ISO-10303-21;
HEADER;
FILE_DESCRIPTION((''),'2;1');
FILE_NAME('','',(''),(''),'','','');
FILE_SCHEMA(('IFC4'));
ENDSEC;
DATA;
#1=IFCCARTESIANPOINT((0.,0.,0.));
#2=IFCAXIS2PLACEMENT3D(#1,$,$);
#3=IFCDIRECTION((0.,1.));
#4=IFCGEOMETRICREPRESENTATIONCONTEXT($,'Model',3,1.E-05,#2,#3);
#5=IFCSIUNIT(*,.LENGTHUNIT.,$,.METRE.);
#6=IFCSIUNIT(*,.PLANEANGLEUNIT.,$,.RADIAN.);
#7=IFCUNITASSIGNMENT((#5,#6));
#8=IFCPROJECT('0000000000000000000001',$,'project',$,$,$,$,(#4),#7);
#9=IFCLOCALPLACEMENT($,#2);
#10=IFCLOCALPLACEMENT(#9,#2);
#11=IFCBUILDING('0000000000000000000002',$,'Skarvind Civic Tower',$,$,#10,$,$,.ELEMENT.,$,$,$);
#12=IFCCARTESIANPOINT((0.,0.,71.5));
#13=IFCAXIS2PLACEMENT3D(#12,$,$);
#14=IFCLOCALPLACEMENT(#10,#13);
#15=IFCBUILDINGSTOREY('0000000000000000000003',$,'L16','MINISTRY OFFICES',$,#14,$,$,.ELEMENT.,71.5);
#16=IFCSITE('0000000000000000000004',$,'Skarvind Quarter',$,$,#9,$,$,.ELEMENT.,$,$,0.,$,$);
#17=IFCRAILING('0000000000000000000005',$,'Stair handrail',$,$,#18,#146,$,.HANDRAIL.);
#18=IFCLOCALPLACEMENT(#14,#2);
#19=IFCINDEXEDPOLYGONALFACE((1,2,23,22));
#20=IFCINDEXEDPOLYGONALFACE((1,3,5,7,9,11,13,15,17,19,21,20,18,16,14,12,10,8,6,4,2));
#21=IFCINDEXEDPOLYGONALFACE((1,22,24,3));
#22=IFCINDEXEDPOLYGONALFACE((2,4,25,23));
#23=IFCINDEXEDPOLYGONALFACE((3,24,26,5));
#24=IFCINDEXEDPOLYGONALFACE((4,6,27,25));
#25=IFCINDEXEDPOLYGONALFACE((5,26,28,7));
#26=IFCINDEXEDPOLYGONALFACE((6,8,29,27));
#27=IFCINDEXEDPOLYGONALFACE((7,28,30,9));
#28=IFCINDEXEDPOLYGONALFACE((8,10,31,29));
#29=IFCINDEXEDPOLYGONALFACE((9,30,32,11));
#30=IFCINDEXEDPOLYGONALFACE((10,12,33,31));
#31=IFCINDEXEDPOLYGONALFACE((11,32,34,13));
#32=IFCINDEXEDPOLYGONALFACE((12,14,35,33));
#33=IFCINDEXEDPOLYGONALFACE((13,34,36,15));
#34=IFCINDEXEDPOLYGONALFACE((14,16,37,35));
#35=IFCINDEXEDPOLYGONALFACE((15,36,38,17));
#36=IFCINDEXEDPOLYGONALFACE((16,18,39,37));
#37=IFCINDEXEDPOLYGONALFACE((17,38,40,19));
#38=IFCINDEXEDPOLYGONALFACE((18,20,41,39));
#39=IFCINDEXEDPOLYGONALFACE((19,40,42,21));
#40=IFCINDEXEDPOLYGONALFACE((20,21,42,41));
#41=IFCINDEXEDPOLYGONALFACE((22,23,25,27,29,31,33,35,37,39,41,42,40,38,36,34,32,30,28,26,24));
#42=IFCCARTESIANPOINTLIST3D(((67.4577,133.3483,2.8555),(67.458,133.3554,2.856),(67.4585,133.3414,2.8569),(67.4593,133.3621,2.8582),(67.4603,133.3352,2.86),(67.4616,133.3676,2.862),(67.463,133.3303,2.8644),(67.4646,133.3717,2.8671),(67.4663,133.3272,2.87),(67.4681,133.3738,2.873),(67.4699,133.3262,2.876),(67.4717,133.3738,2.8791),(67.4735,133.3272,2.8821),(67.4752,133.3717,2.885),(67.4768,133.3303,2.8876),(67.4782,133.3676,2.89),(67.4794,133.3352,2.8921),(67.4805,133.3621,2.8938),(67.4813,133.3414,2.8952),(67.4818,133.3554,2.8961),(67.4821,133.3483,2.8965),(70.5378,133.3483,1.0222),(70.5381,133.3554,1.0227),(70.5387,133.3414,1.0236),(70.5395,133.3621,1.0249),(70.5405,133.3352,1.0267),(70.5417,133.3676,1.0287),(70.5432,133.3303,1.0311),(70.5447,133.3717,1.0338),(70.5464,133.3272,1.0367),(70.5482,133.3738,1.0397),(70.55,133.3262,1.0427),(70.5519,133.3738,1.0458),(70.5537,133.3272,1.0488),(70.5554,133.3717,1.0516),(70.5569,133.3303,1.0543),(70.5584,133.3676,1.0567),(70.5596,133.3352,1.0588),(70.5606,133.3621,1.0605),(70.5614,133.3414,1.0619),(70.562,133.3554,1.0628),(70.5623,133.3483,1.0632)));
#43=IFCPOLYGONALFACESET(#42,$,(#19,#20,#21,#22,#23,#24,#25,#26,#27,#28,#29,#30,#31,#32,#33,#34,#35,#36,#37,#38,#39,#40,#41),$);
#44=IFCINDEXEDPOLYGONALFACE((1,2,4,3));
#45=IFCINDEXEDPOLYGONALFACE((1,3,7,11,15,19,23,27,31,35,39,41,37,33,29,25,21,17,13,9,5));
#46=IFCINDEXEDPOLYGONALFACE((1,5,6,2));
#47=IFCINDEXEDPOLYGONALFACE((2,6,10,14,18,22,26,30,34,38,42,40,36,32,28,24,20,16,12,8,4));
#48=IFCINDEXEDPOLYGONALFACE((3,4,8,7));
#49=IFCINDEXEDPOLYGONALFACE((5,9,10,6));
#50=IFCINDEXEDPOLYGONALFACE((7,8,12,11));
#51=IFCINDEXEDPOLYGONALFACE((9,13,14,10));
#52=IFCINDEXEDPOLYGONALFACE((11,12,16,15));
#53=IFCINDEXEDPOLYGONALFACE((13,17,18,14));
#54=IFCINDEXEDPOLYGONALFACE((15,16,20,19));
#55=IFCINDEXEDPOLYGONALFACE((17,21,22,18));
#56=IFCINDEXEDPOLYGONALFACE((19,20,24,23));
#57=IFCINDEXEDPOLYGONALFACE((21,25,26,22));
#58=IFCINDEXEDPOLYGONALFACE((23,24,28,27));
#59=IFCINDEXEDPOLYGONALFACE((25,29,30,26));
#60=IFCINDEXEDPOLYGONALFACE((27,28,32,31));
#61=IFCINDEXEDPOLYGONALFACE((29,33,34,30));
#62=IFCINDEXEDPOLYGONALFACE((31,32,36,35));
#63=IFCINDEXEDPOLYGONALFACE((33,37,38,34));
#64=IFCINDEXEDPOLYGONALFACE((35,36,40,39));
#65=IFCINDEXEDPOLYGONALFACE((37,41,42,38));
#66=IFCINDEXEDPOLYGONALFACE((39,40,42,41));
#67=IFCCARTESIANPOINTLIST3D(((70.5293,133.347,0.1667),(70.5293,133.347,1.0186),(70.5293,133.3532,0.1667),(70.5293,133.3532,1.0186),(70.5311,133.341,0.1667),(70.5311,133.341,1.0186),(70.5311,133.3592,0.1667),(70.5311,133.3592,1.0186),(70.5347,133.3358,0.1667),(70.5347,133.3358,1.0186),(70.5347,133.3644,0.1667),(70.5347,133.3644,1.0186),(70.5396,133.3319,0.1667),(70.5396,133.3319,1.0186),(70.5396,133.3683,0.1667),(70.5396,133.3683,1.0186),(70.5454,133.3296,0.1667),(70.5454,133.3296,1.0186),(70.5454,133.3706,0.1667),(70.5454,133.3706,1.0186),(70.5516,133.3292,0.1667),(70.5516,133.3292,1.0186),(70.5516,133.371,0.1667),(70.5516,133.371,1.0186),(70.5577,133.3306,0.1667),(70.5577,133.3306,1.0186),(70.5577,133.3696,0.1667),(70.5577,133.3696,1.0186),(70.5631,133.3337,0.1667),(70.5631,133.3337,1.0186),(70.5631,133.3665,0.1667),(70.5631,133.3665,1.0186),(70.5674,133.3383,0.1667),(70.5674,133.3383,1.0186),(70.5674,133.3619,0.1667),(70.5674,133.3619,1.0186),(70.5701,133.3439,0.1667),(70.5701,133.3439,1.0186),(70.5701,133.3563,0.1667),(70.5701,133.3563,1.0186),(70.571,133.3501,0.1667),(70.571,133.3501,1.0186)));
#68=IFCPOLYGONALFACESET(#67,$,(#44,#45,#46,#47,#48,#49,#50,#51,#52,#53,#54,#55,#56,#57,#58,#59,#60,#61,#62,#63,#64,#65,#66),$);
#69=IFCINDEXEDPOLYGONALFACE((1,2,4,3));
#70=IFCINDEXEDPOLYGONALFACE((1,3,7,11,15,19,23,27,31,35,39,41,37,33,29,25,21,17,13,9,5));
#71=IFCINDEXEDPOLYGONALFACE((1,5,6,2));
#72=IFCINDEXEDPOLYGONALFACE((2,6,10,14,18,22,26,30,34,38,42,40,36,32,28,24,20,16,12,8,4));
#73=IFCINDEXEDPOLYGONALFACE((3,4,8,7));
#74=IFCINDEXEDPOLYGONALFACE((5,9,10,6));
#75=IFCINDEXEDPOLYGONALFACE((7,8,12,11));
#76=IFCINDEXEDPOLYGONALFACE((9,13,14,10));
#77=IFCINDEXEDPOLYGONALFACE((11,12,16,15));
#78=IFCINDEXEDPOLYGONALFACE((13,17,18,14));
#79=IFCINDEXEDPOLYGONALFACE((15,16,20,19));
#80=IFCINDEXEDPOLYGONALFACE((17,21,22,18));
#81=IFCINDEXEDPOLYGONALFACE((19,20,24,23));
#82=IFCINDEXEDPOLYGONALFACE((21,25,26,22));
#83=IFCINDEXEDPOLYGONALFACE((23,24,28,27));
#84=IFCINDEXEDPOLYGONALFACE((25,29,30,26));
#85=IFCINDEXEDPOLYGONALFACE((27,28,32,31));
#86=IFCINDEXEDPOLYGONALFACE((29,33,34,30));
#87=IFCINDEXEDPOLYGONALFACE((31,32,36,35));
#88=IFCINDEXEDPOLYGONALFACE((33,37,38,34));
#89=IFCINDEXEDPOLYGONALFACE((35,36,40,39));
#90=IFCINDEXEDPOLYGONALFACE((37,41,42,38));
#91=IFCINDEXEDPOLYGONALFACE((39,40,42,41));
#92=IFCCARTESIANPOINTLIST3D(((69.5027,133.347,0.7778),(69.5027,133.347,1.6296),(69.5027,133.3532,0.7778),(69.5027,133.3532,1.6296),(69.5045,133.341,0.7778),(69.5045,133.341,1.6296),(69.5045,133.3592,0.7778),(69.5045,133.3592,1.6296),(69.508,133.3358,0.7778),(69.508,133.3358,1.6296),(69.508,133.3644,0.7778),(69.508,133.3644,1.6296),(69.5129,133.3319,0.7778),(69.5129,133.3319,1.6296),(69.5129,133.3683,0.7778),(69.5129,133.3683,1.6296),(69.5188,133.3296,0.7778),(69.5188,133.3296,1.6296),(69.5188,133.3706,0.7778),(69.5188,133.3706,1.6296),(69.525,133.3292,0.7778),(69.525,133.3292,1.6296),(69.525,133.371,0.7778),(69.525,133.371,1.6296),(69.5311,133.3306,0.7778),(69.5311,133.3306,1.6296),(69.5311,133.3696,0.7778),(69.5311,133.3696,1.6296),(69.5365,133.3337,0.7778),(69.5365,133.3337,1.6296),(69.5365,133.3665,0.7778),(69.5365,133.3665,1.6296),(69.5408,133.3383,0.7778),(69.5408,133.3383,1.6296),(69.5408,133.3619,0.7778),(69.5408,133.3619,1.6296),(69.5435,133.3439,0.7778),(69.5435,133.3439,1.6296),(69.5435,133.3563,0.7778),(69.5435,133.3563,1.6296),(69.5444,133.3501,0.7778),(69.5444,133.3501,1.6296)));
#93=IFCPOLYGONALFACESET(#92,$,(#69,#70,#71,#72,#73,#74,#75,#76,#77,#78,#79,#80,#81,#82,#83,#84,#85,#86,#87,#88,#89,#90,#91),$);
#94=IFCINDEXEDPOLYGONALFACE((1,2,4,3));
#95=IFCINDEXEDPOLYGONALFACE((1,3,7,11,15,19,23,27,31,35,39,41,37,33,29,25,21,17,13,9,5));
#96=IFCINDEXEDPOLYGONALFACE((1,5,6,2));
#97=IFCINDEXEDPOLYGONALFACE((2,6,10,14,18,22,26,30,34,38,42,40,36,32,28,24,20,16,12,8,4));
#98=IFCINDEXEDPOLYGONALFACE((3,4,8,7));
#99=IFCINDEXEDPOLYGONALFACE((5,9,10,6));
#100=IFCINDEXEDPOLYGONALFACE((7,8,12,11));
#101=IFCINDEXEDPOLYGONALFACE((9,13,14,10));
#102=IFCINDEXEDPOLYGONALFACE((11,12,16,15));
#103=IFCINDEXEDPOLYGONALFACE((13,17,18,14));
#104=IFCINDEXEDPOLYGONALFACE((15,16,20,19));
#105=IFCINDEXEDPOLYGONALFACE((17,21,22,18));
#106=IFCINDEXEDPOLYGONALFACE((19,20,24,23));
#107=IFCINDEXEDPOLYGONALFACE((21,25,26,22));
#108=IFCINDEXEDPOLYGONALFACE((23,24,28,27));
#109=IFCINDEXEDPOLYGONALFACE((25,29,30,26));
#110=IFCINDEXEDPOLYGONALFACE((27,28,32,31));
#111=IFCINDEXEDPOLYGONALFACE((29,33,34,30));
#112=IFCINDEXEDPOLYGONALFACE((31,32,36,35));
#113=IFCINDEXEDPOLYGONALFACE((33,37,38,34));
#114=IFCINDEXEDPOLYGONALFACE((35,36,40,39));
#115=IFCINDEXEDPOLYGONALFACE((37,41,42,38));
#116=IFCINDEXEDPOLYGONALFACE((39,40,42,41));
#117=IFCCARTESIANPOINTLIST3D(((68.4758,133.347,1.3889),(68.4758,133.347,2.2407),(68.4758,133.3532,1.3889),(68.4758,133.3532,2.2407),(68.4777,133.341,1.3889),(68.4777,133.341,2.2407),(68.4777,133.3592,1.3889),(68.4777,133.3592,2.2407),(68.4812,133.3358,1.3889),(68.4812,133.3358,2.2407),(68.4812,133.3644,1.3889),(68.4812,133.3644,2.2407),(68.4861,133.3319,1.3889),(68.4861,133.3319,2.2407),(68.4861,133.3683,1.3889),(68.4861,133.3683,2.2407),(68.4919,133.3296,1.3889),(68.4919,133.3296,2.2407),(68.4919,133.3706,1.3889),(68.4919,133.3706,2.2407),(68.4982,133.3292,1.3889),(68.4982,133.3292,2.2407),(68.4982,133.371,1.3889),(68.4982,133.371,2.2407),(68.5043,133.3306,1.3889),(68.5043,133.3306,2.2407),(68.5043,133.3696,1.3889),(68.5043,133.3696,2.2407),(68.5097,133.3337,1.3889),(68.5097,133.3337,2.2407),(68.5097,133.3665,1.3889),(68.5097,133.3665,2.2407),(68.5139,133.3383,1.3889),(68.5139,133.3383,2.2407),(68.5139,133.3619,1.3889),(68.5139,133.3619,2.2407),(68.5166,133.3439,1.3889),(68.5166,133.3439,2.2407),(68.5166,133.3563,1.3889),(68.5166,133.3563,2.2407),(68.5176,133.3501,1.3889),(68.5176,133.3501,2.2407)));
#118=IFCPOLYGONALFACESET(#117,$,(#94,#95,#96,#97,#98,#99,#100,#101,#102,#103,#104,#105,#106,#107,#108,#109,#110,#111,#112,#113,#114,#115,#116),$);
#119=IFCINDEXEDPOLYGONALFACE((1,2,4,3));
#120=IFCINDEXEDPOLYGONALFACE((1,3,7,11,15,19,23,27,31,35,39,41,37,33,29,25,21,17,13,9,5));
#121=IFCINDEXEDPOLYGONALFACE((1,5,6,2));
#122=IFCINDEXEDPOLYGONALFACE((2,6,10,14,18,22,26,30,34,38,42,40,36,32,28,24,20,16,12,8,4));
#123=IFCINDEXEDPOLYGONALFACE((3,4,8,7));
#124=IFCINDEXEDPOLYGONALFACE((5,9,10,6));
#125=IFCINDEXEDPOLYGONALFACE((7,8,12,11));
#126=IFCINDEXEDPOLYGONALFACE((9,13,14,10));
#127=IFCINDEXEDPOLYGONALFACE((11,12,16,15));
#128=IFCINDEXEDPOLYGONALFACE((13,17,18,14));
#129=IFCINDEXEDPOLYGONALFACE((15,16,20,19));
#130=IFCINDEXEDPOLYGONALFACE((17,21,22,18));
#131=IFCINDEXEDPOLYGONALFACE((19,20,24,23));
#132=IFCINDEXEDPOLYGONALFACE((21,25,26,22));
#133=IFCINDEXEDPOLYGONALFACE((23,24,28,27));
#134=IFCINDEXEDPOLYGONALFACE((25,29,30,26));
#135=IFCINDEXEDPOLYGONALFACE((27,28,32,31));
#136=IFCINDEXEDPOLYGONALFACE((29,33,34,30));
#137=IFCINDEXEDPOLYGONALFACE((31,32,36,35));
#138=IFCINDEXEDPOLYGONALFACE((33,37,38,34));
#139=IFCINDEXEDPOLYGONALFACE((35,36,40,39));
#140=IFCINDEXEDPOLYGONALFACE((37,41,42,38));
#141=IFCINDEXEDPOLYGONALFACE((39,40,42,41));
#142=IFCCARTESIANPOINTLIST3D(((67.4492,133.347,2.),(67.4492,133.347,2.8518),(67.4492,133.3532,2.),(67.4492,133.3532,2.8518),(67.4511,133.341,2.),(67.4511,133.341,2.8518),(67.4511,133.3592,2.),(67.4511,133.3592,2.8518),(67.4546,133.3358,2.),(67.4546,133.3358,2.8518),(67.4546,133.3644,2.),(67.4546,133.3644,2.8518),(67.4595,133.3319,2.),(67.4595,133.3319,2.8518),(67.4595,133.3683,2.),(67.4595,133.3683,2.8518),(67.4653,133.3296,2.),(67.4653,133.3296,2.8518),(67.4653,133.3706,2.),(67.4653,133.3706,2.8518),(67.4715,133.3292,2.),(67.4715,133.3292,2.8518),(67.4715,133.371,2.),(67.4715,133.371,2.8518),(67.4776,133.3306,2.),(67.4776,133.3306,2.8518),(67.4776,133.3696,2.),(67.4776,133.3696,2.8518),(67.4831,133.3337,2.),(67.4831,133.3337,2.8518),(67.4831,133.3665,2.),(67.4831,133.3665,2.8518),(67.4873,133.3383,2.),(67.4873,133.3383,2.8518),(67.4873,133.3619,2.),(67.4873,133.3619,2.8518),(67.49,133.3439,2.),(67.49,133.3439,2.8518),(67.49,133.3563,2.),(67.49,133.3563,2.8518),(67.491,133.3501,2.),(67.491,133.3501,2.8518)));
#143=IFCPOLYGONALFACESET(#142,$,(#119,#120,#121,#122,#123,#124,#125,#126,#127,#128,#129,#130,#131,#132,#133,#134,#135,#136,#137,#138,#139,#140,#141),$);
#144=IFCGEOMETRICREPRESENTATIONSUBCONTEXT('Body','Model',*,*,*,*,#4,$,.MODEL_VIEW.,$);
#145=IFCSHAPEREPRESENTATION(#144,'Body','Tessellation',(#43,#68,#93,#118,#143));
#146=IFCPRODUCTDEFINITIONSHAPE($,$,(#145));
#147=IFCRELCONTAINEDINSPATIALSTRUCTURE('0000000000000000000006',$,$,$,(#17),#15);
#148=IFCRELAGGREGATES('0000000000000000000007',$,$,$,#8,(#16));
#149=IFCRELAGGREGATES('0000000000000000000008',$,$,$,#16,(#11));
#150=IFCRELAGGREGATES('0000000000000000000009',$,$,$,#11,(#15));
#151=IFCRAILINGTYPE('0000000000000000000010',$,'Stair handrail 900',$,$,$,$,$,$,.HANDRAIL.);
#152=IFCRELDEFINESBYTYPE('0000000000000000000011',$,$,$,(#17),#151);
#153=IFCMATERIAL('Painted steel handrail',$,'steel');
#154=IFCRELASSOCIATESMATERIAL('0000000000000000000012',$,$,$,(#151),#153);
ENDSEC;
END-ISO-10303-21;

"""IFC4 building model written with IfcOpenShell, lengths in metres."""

from ifc_helpers import new_model, si_unit, direction, frame, origin, origin_2d, place, context, subcontext, project, spatial, circle, extrude, material, type_object, element, save


model = new_model("IFC4")

# Units and contexts
model_context = context("Model", 3, precision=1e-05, world=origin(), true_north=direction((0.0, 1.0)))
body_context = subcontext(model_context, "Body", "Model", "MODEL_VIEW")
ifc_project = project(units=[si_unit("LENGTHUNIT", "METRE"), si_unit("PLANEANGLEUNIT", "RADIAN")], contexts=[model_context])

# Site, building, storey
site_placement = place(None, origin())
site = spatial("IfcSite", under=ifc_project, at=site_placement, Name="Skarvind Quarter", CompositionType="ELEMENT", RefElevation=0.0)
building_placement = place(site_placement, origin())
building = spatial("IfcBuilding", under=site, at=building_placement, Name="Skarvind Civic Tower", CompositionType="ELEMENT")
storey_placement = place(building_placement, frame((0.0, 0.0, 71.5)))
storey = spatial("IfcBuildingStorey", under=building, at=storey_placement, Name="L16", Description="MINISTRY OFFICES", CompositionType="ELEMENT", Elevation=71.5)

# Railing
ifc_material_1 = material(Name="Painted steel handrail", Category="steel")
railing_type = type_object("IfcRailingType", Name="Stair handrail 900", PredefinedType="HANDRAIL", material=ifc_material_1)
railing_1_placement = place(storey_placement, frame((70.55, 133.3501, 0.1667)))
element("IfcRailing", 1, at=railing_1_placement, inside=storey, type_object=railing_type, Name="Stair handrail", PredefinedType="HANDRAIL", context=body_context, shape_type="SweptSolid", body=[
    extrude(circle(Radius=0.0239, at=origin_2d()), frame((0.0, 0.0, 0.876), z_axis=(-0.859309, 0.0, 0.511458), x_axis=(0.0, -1.0, 0.0)), (0.0, 0.0, 1.0), 3.5845),
    extrude(circle(Radius=0.021, at=origin_2d()), origin(), (0.0, 0.0, 1.0), 0.8518),
    extrude(circle(Radius=0.021, at=origin_2d()), frame((-1.0266, 0.0, 0.6111)), (0.0, 0.0, 1.0), 0.8518),
    extrude(circle(Radius=0.021, at=origin_2d()), frame((-2.0535, 0.0, 1.2222)), (0.0, 0.0, 1.0), 0.8518),
    extrude(circle(Radius=0.021, at=origin_2d()), frame((-3.0801, 0.0, 1.8333)), (0.0, 0.0, 1.0), 0.8518),
])

save(model, "model.ifc")
